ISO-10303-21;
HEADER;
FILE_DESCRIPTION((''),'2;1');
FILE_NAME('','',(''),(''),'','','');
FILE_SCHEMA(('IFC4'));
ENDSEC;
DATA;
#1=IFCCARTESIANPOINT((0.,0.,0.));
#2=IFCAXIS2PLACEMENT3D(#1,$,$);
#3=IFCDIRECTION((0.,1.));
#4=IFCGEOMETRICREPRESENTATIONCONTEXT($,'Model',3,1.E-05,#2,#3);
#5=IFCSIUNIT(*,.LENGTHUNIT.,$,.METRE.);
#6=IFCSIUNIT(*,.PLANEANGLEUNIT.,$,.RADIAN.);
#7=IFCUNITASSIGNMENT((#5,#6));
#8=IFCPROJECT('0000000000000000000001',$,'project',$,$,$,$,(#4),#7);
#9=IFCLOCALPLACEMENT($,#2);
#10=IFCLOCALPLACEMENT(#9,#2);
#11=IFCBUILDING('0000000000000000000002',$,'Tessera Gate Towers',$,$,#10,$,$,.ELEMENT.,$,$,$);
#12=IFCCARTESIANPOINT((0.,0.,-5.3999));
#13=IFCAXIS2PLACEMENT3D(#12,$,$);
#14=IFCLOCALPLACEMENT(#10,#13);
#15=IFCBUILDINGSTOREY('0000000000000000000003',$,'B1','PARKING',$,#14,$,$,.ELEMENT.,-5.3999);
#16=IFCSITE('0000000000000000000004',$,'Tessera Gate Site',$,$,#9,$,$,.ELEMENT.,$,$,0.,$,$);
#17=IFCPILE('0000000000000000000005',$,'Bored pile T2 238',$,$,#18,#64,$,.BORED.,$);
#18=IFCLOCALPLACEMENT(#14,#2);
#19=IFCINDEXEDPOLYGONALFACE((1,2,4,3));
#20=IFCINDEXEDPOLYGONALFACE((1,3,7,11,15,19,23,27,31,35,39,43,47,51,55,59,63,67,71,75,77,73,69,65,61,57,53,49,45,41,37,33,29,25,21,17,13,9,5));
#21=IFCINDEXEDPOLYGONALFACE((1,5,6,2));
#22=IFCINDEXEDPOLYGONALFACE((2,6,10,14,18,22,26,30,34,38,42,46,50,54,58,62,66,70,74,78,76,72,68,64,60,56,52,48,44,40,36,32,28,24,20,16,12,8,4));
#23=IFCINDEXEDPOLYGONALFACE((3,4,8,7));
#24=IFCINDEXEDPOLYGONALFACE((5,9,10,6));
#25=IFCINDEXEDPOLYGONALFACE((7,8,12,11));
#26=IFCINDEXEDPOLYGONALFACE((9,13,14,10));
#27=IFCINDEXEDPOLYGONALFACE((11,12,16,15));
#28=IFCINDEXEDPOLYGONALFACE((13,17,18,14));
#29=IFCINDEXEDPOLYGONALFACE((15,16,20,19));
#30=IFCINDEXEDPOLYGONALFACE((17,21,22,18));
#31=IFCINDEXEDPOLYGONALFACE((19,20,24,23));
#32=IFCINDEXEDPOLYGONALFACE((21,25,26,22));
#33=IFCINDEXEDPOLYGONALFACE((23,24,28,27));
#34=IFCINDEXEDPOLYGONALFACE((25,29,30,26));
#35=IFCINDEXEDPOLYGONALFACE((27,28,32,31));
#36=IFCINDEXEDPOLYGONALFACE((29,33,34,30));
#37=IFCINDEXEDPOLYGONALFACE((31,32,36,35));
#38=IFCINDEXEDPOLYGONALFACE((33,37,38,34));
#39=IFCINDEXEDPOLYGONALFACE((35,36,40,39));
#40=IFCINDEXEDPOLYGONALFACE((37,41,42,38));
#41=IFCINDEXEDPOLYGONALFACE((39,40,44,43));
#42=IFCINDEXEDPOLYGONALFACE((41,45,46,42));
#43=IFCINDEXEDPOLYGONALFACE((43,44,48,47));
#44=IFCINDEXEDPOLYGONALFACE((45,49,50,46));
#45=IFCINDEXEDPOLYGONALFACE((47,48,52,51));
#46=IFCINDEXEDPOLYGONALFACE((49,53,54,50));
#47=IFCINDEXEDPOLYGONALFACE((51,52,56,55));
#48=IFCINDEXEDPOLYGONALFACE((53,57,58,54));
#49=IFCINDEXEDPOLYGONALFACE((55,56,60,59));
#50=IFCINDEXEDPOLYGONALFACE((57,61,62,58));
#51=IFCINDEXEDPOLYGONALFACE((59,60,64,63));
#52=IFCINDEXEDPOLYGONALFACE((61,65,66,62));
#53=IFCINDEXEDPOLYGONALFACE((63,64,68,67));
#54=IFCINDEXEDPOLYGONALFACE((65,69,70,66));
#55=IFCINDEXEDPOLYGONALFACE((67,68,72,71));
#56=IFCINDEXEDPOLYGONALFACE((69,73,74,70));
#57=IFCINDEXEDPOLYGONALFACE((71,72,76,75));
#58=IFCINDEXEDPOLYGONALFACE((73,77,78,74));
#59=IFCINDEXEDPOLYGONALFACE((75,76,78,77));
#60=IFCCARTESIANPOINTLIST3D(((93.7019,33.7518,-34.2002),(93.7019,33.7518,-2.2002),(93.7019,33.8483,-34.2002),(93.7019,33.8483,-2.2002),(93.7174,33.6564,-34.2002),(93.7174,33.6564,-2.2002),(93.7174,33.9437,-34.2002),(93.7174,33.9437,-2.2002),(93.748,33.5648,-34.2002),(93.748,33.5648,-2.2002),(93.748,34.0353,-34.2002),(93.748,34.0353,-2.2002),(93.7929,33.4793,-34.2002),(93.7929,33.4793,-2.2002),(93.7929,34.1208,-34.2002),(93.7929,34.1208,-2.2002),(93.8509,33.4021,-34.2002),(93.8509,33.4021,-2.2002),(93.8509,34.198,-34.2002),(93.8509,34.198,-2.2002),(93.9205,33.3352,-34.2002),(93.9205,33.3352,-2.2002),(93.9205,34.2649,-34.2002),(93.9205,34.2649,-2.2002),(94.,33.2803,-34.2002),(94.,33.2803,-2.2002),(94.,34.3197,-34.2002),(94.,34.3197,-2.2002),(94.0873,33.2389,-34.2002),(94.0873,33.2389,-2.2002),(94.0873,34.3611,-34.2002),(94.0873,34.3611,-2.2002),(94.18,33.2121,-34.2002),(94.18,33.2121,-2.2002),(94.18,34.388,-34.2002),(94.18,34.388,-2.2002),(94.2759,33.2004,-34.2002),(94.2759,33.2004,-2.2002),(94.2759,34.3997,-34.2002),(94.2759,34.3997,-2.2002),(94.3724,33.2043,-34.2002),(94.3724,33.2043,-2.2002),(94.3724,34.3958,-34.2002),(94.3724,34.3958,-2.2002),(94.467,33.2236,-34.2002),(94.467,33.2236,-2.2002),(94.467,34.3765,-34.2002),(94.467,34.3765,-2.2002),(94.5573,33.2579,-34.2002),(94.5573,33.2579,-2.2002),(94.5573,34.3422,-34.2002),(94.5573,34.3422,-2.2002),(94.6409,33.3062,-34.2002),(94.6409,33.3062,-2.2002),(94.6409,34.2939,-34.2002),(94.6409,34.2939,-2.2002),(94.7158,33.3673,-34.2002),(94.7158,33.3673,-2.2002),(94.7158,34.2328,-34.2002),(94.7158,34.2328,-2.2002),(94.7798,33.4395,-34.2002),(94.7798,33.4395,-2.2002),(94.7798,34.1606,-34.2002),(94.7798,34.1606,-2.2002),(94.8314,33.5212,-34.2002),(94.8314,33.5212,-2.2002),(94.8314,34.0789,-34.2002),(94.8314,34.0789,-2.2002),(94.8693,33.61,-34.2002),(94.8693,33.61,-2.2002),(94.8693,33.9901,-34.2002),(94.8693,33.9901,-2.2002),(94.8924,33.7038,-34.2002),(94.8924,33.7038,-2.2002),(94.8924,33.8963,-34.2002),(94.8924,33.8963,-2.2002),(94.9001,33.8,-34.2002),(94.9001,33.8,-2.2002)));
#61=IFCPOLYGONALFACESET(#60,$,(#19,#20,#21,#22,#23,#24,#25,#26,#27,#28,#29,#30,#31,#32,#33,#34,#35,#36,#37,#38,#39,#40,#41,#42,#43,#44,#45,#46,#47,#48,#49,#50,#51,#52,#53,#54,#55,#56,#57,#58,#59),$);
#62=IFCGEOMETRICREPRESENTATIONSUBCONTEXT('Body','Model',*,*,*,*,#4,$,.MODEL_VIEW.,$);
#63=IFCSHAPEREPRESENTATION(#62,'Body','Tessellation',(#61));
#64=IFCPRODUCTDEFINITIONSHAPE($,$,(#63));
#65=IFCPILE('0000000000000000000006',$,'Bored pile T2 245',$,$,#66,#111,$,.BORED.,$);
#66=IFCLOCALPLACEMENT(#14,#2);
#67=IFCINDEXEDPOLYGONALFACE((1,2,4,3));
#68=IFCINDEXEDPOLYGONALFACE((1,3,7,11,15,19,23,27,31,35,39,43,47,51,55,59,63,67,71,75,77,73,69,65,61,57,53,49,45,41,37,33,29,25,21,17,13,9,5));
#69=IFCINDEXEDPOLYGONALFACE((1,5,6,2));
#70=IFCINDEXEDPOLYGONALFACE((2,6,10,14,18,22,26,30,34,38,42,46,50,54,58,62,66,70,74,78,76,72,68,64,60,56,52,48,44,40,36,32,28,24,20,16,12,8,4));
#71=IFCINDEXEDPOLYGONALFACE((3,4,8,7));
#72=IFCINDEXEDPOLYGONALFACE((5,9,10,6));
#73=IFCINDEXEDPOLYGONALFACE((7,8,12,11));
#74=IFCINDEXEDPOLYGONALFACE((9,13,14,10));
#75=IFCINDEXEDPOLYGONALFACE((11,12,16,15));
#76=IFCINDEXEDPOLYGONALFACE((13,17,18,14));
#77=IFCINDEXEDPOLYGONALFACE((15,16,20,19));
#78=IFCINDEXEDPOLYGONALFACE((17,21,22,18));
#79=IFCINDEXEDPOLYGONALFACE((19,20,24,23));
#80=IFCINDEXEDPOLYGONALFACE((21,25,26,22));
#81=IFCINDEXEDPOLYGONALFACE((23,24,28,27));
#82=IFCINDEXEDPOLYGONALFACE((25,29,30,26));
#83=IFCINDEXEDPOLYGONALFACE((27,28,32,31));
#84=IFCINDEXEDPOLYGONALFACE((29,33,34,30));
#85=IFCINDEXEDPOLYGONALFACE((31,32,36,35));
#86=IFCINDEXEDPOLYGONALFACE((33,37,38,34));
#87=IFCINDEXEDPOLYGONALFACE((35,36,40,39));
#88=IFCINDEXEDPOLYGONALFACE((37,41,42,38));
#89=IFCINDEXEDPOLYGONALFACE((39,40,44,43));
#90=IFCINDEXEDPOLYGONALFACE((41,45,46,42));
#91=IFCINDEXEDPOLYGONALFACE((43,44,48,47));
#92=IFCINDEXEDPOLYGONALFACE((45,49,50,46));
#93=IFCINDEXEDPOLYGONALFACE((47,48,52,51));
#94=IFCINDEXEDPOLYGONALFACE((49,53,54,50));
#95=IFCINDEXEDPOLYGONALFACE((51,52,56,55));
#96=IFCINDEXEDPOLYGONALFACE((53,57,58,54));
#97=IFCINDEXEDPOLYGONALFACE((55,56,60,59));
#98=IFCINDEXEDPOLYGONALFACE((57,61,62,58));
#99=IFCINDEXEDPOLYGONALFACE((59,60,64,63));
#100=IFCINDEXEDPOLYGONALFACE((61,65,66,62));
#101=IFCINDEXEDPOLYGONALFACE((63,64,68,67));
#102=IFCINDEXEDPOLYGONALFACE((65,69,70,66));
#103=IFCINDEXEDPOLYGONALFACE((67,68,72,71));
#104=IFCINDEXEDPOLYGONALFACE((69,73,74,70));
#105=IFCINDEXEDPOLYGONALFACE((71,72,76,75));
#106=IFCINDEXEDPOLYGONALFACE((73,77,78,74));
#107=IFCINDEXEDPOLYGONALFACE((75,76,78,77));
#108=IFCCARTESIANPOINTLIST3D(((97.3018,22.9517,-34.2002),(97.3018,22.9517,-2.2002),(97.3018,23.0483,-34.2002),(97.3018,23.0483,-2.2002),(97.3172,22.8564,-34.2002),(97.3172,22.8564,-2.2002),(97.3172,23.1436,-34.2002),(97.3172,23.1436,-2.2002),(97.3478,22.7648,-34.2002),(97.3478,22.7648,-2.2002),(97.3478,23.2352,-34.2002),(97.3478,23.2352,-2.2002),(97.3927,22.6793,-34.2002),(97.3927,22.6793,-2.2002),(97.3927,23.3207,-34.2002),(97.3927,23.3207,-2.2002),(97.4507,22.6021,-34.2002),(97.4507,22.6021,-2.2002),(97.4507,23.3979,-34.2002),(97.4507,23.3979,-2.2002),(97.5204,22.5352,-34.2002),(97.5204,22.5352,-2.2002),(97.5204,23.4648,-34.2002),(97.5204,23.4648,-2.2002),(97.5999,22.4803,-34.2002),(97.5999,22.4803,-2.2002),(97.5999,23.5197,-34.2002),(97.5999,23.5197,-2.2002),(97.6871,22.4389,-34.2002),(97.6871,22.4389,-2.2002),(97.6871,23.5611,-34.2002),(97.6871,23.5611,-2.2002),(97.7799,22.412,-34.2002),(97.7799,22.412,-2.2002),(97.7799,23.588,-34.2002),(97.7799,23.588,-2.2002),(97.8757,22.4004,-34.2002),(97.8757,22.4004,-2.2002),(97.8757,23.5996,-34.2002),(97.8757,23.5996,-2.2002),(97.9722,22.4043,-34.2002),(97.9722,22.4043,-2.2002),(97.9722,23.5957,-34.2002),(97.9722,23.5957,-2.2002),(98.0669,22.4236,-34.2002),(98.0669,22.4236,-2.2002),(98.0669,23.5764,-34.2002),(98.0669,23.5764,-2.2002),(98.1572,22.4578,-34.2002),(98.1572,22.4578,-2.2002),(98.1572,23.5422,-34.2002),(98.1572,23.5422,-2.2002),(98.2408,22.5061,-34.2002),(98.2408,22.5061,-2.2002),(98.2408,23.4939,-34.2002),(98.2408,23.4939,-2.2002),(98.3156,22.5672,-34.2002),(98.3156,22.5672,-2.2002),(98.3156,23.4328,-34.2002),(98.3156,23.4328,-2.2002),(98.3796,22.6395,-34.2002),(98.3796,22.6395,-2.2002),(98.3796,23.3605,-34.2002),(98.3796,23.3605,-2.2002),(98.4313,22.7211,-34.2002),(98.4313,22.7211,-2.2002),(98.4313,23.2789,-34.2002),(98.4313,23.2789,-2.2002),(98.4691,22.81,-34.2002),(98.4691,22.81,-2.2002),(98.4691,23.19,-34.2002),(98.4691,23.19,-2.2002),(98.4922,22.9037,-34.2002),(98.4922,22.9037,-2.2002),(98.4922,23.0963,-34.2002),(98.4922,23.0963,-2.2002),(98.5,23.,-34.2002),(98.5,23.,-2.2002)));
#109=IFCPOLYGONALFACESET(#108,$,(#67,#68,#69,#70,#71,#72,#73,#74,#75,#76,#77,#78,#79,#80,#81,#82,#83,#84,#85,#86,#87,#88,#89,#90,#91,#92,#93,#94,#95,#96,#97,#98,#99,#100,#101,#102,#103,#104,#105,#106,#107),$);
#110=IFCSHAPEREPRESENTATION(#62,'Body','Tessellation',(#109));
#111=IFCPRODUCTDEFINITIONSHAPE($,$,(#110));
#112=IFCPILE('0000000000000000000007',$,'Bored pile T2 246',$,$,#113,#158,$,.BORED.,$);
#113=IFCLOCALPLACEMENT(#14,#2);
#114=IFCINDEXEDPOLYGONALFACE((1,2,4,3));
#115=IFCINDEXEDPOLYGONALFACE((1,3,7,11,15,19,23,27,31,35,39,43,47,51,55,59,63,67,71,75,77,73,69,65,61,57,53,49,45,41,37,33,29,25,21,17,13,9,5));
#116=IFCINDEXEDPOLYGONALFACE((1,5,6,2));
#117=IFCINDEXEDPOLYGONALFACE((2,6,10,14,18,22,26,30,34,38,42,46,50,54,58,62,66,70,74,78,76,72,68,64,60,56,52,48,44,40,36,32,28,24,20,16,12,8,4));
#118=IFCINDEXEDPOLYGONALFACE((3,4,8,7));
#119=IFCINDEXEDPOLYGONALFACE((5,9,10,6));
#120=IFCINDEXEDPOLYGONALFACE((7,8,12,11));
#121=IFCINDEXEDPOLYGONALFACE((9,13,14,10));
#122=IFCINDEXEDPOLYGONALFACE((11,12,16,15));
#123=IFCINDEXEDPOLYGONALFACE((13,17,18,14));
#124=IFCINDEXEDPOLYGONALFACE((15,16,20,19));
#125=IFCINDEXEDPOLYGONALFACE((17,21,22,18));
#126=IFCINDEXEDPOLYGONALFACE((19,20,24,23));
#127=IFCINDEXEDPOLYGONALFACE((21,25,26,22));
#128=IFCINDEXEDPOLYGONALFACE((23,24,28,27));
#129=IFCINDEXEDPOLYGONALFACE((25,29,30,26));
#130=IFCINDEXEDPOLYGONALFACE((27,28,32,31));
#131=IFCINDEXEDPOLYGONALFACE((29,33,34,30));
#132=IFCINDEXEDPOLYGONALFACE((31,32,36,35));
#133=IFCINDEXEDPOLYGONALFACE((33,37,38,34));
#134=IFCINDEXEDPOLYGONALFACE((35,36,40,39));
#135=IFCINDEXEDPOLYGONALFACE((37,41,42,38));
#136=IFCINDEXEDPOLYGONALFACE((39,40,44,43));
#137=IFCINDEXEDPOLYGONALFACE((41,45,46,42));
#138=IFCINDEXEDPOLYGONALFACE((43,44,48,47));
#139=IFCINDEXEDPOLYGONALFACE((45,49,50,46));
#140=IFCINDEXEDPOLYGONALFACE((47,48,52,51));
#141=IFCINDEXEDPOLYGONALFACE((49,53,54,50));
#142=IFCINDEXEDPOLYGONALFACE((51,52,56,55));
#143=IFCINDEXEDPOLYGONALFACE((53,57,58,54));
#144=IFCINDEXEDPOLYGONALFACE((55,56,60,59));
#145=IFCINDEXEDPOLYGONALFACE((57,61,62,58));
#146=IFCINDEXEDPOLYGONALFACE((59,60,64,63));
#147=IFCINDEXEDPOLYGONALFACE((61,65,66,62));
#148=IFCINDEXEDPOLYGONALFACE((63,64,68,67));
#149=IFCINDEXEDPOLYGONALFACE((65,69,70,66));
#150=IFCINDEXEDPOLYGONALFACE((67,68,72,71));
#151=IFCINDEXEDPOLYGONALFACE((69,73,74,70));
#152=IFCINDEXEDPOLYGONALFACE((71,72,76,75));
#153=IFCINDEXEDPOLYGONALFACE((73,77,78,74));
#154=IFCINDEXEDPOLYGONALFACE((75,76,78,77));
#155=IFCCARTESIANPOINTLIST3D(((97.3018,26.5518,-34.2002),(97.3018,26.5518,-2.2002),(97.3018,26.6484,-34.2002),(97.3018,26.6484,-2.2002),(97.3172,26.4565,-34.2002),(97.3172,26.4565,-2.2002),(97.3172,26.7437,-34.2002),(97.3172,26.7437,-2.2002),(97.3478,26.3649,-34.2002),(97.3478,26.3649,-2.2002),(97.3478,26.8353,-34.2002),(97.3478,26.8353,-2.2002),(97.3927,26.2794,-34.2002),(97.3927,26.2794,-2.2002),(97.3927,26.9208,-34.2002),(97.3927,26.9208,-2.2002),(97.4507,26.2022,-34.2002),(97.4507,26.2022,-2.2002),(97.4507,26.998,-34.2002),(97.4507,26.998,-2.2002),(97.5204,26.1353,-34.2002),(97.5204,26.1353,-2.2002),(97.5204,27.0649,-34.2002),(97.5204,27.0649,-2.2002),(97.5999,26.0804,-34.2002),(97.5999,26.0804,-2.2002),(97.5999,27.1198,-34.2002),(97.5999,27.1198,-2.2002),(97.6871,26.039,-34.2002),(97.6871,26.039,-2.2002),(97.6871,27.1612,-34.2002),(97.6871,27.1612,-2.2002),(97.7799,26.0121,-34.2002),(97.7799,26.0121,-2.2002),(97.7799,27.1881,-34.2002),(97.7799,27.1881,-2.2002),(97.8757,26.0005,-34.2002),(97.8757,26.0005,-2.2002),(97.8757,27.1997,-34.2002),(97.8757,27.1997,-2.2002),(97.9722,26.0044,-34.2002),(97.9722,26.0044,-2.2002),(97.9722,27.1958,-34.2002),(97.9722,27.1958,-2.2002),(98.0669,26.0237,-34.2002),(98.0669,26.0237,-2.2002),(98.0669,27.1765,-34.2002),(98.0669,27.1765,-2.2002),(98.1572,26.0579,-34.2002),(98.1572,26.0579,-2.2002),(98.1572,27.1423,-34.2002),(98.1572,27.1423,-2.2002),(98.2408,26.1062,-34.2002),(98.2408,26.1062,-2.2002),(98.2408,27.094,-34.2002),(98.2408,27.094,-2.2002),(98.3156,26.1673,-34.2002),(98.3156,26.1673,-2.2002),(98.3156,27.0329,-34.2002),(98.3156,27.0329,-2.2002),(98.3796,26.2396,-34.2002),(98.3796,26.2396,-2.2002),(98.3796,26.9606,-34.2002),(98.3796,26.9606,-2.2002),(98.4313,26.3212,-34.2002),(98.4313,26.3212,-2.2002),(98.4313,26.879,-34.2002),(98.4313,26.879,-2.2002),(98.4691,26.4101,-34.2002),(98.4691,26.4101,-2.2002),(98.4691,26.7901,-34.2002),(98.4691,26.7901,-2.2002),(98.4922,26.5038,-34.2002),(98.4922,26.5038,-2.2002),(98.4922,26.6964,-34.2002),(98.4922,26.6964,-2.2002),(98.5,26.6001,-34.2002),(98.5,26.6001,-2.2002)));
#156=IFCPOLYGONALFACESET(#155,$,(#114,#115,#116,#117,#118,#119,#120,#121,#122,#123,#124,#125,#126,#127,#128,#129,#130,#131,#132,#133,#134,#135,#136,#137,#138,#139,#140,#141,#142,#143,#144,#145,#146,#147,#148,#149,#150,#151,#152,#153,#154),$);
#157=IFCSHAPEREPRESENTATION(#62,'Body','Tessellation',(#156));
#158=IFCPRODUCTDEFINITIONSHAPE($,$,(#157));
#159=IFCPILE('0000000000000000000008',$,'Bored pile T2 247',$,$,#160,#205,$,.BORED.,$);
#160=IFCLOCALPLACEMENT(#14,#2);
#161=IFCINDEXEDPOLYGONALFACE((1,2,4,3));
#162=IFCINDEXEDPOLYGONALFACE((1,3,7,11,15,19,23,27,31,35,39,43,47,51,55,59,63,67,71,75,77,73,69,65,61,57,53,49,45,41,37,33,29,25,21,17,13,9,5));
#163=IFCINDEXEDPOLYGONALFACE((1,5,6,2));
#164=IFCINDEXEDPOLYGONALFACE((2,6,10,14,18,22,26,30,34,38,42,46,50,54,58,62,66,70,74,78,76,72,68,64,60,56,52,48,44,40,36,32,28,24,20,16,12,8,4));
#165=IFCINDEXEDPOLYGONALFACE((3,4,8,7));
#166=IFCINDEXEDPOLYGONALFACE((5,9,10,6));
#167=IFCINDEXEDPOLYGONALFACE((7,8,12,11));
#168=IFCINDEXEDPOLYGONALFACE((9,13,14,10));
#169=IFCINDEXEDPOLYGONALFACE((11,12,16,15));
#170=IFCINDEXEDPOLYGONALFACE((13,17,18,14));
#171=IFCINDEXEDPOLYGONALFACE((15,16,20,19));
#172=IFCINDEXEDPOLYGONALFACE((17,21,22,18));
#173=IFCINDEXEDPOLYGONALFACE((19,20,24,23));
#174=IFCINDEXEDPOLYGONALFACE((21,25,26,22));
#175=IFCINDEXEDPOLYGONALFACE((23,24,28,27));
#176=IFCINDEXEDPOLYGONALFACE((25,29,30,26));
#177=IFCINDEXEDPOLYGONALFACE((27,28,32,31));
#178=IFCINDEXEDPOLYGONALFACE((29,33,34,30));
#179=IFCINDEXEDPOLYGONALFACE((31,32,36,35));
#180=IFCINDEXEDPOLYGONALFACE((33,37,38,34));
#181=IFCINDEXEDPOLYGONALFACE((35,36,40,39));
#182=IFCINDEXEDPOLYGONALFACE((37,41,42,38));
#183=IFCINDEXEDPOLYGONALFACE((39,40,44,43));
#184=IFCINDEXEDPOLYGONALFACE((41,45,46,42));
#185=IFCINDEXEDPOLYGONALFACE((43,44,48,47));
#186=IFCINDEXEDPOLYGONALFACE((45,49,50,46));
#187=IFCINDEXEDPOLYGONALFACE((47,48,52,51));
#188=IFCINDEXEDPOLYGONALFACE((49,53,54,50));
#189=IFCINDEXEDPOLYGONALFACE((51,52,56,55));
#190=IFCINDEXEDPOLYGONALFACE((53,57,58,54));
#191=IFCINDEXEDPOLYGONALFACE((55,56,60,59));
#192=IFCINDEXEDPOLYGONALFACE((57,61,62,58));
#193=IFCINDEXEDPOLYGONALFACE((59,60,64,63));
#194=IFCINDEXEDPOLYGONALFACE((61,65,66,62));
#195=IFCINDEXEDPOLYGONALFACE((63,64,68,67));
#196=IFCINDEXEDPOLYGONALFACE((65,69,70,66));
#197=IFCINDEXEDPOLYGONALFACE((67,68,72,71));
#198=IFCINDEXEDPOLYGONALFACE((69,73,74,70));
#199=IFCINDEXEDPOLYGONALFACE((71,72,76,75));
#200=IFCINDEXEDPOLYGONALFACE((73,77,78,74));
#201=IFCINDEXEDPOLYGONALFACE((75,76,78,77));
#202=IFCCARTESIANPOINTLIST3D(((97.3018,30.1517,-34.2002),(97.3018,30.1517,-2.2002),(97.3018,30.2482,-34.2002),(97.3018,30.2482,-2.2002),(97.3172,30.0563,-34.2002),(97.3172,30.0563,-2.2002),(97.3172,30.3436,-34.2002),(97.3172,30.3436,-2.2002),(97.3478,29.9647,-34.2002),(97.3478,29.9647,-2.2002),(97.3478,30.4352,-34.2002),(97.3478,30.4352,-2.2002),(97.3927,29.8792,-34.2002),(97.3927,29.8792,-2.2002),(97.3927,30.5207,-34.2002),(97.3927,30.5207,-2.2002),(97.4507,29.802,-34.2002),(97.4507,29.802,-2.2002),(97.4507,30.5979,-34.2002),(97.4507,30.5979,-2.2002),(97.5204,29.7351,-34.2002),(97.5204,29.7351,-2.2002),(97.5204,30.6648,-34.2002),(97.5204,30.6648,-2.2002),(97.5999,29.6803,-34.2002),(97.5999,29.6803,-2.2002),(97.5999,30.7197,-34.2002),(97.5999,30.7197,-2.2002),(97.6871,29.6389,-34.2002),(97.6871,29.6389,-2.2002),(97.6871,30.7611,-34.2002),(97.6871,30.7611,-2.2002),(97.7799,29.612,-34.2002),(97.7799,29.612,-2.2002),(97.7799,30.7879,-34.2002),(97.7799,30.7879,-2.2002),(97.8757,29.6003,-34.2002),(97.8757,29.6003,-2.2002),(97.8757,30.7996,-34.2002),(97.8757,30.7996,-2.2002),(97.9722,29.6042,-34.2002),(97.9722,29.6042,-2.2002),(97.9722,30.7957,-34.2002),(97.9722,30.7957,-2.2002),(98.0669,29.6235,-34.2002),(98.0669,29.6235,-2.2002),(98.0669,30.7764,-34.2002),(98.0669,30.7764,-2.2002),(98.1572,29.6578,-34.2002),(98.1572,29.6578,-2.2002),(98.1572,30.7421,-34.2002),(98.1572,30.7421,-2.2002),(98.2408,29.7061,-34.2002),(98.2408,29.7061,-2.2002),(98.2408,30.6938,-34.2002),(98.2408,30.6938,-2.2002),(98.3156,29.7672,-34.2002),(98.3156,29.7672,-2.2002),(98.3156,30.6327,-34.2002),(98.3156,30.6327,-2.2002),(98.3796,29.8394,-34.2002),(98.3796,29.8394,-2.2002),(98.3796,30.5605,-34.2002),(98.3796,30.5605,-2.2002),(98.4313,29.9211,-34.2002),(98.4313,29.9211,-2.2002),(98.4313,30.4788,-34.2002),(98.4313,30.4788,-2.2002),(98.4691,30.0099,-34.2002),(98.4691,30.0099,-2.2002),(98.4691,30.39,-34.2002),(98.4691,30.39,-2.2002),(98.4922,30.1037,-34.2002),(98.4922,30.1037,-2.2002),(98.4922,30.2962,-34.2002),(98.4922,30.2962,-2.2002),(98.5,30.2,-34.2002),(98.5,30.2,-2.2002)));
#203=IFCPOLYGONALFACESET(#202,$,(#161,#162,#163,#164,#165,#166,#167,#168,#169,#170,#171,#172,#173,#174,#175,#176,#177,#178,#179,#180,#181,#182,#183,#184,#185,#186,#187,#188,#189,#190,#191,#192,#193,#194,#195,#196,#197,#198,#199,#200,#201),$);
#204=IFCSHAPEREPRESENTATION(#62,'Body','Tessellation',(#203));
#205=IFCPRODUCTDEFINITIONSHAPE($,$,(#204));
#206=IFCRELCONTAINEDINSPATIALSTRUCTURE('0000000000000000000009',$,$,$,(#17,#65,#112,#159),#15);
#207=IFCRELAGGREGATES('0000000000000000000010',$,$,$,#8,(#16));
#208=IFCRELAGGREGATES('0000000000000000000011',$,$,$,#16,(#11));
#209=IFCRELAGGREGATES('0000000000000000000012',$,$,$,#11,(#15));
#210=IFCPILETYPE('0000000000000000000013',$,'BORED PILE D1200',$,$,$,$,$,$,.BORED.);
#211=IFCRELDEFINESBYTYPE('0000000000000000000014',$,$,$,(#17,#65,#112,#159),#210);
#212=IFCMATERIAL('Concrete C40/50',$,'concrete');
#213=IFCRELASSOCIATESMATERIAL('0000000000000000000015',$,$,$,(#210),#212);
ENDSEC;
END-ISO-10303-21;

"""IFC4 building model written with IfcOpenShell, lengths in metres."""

from ifc_helpers import new_model, si_unit, direction, frame, origin, origin_2d, place, context, subcontext, project, spatial, circle, extrude, material, material_profile, profile_set, type_object, element, save


model = new_model("IFC4")

# Units and contexts
model_context = context("Model", 3, precision=1e-05, world=origin(), true_north=direction((0.0, 1.0)))
body_context = subcontext(model_context, "Body", "Model", "MODEL_VIEW")
ifc_project = project(units=[si_unit("LENGTHUNIT", "METRE"), si_unit("PLANEANGLEUNIT", "RADIAN")], contexts=[model_context])

# Site, building, storey
site_placement = place(None, origin())
site = spatial("IfcSite", under=ifc_project, at=site_placement, Name="Tessera Gate Site", CompositionType="ELEMENT", RefElevation=0.0)
building_placement = place(site_placement, origin())
building = spatial("IfcBuilding", under=site, at=building_placement, Name="Tessera Gate Towers", CompositionType="ELEMENT")
storey_placement = place(building_placement, frame((0.0, 0.0, -5.3999)))
storey = spatial("IfcBuildingStorey", under=building, at=storey_placement, Name="B1", Description="PARKING", CompositionType="ELEMENT", Elevation=-5.3999)

# Piles
ifc_material_1 = material(Name="Concrete C40/50", Category="concrete")
ifc_material_profile_1 = material_profile(ifc_material_1, circle(Radius=0.6001, at=origin_2d()), Name="BORED PILE D1200")
ifc_profile_set_1 = profile_set([ifc_material_profile_1], Name="Concrete C40/50")
pile_type = type_object("IfcPileType", Name="BORED PILE D1200", PredefinedType="BORED", material=ifc_profile_set_1)
for number, where, z_axis, x_axis, name in (
    (1, (94.3, 33.8, -2.2002), (0.0, 0.0, -1.0), (1.0, 0.0, 0.0), "Bored pile T2 238"),
    (2, (97.8999, 23.0, -2.2002), (0.0, 0.0, -1.0), (1.0, 0.0, 0.0), "Bored pile T2 245"),
    (3, (97.8999, 26.6001, -2.2002), (0.0, 0.0, -1.0), (1.0, 0.0, 0.0), "Bored pile T2 246"),
    (4, (97.8999, 30.2, -2.2002), (0.0, 0.0, -1.0), (1.0, 0.0, 0.0), "Bored pile T2 247"),
):
    element("IfcPile", number, at=place(storey_placement, frame(where, z_axis=z_axis, x_axis=x_axis)), inside=storey, type_object=pile_type, Name=name, PredefinedType="BORED", context=body_context, shape_type="SweptSolid", body=[
        extrude(circle(Radius=0.6001, at=origin_2d()), origin(), (0.0, 0.0, 1.0), 32.0),
    ])

save(model, "model.ifc")
